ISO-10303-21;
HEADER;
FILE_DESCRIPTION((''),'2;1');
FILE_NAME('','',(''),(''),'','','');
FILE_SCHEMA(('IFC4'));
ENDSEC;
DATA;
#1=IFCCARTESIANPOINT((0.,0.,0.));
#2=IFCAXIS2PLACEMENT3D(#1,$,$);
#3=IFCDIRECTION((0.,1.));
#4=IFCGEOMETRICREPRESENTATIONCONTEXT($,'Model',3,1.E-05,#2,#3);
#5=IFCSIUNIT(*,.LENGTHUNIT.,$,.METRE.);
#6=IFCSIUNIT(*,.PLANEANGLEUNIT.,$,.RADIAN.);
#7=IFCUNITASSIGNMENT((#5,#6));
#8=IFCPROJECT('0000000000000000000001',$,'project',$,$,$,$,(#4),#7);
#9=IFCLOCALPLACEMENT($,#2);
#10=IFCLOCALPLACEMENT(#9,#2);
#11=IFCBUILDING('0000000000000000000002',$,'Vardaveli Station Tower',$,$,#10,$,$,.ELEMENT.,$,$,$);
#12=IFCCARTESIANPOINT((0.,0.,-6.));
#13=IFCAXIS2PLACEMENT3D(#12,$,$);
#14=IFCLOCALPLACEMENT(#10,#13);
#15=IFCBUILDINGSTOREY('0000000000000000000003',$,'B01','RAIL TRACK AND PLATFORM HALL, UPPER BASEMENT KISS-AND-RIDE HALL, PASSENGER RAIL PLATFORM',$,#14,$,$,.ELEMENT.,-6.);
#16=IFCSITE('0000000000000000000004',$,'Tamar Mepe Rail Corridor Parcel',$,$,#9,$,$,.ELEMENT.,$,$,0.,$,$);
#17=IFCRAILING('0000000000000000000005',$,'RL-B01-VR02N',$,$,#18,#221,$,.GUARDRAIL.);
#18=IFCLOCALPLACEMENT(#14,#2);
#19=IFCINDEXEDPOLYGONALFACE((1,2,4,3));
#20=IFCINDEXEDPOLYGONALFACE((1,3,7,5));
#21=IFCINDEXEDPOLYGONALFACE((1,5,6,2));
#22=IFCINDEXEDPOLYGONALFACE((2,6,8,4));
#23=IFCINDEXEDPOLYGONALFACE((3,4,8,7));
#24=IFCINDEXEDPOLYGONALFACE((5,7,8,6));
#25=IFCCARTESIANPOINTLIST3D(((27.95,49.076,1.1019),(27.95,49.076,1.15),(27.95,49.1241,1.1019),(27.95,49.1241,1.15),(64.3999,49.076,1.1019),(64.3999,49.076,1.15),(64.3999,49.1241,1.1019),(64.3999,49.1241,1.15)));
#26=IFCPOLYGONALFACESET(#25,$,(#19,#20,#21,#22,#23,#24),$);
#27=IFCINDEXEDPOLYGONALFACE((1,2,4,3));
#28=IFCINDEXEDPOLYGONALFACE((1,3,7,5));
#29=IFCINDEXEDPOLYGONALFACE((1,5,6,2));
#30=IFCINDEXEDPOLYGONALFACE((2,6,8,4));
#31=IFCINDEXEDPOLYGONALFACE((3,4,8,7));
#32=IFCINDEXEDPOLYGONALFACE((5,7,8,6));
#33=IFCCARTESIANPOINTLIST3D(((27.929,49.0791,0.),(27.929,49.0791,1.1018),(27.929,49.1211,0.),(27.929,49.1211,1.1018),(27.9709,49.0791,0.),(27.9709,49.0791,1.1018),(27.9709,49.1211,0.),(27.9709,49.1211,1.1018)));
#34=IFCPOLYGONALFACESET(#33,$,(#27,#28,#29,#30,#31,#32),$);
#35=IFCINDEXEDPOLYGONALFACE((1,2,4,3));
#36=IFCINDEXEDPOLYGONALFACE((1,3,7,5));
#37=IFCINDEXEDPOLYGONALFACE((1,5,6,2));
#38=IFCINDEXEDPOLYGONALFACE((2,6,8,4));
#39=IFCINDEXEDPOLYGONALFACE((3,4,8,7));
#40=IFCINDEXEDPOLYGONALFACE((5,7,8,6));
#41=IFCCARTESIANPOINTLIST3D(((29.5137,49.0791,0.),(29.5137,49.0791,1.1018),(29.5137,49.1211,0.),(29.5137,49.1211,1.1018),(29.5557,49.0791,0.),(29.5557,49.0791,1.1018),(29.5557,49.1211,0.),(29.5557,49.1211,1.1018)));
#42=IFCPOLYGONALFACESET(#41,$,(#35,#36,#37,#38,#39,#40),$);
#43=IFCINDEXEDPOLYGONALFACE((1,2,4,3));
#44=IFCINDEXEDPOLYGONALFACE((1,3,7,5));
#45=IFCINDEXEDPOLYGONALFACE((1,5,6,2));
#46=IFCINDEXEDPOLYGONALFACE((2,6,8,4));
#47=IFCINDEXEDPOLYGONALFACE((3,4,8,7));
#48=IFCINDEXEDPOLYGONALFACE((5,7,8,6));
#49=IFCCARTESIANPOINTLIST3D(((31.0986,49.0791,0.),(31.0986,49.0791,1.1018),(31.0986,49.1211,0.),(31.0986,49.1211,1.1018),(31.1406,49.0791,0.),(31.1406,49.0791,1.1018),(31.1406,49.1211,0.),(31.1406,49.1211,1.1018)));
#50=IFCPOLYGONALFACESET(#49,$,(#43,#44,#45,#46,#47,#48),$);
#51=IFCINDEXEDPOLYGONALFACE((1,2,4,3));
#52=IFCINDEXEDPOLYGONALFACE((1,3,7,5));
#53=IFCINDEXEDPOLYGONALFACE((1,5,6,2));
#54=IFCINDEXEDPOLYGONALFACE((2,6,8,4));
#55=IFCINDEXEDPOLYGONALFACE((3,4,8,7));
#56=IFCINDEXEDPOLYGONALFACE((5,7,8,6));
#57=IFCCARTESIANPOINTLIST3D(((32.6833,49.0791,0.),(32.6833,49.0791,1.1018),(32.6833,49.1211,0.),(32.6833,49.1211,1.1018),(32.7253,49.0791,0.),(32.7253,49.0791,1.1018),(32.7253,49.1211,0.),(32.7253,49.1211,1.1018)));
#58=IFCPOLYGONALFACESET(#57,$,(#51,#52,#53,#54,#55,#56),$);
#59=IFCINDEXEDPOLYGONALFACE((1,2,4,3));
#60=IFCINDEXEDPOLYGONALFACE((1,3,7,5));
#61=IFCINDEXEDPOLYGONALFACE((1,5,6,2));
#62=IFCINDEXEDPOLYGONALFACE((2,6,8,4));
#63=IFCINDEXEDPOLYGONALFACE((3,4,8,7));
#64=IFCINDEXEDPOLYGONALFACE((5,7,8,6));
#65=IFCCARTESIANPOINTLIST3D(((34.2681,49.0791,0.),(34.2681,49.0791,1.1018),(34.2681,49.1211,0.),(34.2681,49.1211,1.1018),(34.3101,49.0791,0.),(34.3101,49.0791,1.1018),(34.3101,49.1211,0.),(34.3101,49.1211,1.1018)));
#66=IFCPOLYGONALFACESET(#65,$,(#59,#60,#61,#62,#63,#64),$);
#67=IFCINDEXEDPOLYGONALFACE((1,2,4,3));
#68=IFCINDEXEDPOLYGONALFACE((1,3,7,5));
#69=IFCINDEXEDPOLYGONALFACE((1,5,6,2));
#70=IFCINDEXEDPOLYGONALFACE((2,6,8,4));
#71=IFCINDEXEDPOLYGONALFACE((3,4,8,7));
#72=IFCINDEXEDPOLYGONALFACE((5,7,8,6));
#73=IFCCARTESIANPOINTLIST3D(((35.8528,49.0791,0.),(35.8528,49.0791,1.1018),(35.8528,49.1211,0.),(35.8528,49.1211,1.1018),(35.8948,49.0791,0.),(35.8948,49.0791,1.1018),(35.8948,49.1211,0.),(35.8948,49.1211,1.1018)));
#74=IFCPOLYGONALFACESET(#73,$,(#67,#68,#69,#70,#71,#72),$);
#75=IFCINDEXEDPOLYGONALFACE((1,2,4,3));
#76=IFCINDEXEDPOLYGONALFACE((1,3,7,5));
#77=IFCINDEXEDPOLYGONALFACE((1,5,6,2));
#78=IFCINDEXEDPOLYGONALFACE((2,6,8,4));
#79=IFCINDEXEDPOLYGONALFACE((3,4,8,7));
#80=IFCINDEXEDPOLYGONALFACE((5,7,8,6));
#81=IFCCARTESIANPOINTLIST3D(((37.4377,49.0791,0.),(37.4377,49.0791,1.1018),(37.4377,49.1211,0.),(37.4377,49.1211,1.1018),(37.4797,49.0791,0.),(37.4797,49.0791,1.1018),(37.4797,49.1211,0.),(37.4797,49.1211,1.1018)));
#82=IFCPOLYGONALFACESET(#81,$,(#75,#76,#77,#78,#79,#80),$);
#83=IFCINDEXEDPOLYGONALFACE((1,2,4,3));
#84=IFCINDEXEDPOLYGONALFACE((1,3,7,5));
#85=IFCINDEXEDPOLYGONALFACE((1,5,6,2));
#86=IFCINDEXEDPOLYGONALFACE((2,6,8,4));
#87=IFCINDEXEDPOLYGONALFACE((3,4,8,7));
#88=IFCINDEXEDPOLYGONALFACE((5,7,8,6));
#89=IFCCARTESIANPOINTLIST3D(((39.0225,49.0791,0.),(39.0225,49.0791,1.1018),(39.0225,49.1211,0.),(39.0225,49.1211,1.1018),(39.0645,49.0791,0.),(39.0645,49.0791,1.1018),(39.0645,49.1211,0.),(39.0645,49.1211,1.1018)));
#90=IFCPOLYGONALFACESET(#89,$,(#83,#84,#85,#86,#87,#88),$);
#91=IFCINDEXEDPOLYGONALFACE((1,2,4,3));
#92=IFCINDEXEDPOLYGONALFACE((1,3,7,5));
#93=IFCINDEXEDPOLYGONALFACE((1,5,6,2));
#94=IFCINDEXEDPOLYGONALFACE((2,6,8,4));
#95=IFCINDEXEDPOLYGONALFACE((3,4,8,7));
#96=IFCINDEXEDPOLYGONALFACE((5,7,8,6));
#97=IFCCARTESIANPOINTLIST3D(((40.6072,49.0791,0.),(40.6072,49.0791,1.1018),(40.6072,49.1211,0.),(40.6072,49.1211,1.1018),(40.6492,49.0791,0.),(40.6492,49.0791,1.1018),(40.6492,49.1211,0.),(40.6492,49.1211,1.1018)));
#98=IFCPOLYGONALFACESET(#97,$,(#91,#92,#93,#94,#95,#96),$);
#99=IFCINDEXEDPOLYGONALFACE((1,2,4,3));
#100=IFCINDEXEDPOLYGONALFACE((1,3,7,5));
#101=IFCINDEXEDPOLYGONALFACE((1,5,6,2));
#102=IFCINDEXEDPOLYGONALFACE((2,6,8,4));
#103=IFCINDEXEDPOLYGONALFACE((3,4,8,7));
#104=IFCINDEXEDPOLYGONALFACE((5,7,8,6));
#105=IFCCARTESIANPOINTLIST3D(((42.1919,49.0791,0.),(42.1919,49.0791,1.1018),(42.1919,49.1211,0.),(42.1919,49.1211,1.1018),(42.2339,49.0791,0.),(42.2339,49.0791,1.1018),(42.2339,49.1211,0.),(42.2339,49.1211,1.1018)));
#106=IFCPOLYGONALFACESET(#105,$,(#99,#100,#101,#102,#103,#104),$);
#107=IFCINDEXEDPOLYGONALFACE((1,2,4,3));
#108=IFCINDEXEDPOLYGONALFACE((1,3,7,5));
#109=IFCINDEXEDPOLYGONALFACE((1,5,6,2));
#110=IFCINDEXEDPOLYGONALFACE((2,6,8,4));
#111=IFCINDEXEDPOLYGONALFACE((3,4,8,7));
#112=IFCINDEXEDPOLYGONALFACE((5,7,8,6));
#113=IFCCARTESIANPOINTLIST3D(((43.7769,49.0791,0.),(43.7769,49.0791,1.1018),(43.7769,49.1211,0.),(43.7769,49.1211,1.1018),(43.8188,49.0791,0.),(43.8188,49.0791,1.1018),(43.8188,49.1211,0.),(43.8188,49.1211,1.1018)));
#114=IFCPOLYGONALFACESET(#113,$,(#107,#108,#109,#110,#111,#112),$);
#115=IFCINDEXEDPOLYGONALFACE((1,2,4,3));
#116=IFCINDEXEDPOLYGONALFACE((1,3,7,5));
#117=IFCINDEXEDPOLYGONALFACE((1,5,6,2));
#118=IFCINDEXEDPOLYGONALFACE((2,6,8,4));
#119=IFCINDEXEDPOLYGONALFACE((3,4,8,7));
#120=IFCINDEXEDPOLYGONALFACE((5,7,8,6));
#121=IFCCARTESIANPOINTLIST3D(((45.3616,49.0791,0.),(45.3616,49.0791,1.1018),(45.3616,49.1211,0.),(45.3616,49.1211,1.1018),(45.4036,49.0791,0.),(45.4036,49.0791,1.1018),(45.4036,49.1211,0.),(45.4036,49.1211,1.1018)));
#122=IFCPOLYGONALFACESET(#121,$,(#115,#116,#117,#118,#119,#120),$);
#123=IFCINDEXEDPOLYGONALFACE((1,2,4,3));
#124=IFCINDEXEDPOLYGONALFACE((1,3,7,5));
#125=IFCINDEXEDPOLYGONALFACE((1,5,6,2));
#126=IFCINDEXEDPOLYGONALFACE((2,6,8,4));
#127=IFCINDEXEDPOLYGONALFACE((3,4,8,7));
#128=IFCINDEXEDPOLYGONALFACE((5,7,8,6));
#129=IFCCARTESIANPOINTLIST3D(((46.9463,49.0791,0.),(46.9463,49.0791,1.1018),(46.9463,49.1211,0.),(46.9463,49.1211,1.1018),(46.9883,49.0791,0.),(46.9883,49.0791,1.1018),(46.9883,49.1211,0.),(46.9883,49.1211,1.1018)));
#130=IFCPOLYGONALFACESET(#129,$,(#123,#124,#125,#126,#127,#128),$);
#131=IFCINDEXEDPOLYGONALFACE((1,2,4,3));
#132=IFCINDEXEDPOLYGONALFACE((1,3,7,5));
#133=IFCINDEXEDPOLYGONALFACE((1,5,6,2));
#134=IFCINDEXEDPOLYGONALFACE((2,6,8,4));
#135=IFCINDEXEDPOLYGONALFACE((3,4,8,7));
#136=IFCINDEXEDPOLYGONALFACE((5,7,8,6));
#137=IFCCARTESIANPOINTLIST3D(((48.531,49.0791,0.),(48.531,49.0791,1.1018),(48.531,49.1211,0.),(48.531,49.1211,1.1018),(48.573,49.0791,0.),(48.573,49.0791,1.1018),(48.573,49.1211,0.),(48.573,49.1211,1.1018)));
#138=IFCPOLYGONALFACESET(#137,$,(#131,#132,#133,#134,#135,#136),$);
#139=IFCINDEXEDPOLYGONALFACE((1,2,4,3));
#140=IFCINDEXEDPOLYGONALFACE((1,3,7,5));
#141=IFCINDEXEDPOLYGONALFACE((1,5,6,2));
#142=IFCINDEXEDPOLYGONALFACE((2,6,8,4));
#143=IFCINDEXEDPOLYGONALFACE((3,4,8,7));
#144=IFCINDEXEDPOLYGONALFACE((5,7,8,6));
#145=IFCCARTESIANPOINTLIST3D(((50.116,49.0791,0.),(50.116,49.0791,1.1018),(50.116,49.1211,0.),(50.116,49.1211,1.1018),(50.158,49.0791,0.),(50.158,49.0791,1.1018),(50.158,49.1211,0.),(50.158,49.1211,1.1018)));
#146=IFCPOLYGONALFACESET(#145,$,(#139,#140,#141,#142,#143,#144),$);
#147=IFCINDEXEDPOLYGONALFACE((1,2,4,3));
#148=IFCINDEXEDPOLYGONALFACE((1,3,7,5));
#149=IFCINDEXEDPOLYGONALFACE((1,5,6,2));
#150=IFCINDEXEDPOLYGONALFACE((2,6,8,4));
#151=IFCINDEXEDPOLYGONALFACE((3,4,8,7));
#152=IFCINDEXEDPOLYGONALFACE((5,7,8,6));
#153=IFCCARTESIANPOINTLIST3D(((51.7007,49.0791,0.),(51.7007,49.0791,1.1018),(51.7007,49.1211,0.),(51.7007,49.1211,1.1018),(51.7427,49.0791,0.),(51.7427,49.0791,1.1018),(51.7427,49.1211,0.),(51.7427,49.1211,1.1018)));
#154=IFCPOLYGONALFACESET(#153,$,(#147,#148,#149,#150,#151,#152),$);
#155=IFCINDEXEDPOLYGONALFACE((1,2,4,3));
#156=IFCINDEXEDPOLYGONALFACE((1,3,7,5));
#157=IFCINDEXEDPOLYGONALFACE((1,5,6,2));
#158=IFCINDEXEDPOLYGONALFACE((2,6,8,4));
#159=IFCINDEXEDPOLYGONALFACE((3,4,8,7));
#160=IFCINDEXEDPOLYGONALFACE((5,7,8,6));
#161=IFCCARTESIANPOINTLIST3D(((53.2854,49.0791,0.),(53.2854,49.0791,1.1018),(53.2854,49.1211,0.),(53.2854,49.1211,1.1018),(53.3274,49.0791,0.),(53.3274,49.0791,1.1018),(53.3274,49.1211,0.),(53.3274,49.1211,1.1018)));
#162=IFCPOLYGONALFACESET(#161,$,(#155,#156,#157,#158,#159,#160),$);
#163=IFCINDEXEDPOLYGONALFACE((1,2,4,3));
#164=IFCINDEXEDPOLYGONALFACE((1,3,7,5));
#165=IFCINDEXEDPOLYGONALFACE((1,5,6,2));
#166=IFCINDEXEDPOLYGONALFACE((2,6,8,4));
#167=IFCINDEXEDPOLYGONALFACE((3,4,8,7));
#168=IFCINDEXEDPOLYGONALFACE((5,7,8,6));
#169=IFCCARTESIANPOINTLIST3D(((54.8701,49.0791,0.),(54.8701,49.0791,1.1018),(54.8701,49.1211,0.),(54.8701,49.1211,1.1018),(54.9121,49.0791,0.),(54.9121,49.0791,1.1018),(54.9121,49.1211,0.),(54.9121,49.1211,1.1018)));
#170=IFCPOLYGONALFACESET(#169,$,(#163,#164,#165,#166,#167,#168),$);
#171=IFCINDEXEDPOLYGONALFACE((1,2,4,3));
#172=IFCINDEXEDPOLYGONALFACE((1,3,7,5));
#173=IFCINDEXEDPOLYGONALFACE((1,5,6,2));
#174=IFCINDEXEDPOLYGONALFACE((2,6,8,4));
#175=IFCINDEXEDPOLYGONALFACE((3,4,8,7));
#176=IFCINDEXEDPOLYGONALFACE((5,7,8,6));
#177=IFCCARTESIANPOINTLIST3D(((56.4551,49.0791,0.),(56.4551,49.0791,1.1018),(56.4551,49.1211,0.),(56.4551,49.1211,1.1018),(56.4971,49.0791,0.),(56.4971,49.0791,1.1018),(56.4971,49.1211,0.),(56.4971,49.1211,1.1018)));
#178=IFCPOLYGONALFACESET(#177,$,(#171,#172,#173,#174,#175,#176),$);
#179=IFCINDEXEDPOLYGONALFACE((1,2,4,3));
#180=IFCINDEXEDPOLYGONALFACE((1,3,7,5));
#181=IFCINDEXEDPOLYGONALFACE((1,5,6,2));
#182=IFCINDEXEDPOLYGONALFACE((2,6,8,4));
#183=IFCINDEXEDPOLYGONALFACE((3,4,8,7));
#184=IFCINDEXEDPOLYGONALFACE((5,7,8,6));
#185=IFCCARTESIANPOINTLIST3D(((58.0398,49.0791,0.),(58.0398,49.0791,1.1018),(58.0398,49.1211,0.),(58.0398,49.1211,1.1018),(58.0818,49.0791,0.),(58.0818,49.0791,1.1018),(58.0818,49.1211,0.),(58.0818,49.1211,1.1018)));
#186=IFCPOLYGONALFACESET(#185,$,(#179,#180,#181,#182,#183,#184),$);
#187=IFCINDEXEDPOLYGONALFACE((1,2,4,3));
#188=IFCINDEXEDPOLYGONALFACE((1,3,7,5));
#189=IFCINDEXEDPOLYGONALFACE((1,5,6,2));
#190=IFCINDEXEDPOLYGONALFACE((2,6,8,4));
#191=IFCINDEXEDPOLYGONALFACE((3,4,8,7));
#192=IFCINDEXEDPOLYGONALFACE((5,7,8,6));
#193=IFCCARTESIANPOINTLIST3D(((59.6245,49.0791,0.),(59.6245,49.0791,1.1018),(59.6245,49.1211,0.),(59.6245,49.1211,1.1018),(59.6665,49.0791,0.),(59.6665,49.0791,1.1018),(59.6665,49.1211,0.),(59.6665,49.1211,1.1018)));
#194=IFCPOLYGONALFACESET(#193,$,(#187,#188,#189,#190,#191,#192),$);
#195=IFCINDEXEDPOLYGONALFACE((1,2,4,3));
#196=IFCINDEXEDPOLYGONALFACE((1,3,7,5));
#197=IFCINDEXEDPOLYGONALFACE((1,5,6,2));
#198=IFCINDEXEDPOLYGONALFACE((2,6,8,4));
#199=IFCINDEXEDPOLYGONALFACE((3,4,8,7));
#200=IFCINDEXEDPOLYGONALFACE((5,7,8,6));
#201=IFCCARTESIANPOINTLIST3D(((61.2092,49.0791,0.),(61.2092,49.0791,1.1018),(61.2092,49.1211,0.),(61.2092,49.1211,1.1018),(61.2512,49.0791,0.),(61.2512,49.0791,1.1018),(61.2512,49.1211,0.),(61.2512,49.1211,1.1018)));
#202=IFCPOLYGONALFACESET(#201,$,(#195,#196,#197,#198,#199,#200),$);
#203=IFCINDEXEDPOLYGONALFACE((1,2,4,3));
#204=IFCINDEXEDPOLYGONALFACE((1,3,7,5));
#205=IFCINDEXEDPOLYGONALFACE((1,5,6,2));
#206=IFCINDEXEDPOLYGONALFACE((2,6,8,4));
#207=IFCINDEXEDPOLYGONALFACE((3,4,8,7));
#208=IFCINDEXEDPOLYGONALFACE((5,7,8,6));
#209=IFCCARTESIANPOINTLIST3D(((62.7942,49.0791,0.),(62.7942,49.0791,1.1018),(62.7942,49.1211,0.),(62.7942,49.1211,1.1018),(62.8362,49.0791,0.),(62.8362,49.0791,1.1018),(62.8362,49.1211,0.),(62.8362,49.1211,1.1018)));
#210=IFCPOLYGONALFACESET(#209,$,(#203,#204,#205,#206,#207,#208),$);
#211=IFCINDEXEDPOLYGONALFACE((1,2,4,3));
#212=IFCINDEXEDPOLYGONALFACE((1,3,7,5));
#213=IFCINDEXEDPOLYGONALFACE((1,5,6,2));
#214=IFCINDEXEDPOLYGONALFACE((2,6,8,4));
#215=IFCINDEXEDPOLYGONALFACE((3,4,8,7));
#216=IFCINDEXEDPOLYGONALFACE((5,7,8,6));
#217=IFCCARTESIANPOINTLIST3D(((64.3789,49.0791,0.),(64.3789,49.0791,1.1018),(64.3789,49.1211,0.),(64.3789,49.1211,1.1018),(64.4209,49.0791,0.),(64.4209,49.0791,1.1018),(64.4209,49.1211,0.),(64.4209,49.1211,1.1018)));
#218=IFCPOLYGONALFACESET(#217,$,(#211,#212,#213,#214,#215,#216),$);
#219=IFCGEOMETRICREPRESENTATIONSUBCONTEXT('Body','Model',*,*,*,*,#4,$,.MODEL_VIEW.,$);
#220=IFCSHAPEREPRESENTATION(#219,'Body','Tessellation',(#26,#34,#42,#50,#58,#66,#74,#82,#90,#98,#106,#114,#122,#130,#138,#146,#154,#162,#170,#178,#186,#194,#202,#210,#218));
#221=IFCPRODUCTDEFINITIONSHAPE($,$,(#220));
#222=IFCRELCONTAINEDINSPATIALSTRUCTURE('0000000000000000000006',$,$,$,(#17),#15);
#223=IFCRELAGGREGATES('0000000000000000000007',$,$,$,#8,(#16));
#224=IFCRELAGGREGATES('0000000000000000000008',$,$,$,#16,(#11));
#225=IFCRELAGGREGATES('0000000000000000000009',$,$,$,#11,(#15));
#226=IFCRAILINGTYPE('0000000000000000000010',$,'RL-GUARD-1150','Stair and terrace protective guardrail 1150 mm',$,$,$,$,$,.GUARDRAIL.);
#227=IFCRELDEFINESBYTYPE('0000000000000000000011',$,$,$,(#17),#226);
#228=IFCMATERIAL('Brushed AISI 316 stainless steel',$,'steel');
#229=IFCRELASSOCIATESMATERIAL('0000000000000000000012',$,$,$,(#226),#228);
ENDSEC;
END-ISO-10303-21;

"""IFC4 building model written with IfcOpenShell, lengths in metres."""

from ifc_helpers import new_model, si_unit, direction, frame, origin, origin_2d, place, context, subcontext, project, spatial, rectangle, extrude, source, transform, mapped, material, type_object, element, save


model = new_model("IFC4")

# Units and contexts
model_context = context("Model", 3, precision=1e-05, world=origin(), true_north=direction((0.0, 1.0)))
body_context = subcontext(model_context, "Body", "Model", "MODEL_VIEW")
ifc_project = project(units=[si_unit("LENGTHUNIT", "METRE"), si_unit("PLANEANGLEUNIT", "RADIAN")], contexts=[model_context])

# Site, building, storey
site_placement = place(None, origin())
site = spatial("IfcSite", under=ifc_project, at=site_placement, Name="Tamar Mepe Rail Corridor Parcel", CompositionType="ELEMENT", RefElevation=0.0)
building_placement = place(site_placement, origin())
building = spatial("IfcBuilding", under=site, at=building_placement, Name="Vardaveli Station Tower", CompositionType="ELEMENT")
storey_placement = place(building_placement, frame((0.0, 0.0, -6.0)))
storey = spatial("IfcBuildingStorey", under=building, at=storey_placement, Name="B01", Description="RAIL TRACK AND PLATFORM HALL, UPPER BASEMENT KISS-AND-RIDE HALL, PASSENGER RAIL PLATFORM", CompositionType="ELEMENT", Elevation=-6.0)

# Railing
ifc_material_1 = material(Name="Brushed AISI 316 stainless steel", Category="steel")
railing_type = type_object("IfcRailingType", Name="RL-GUARD-1150", Description="Stair and terrace protective guardrail 1150 mm", PredefinedType="GUARDRAIL", material=ifc_material_1)
shared_shape_1 = source(origin(), body_context, "Body", "SweptSolid", [
    extrude(rectangle(XDim=0.0481, YDim=0.0481, at=origin_2d()), frame((0.0, 0.0, 1.126), z_axis=(1.0, 0.0, 0.0), x_axis=(0.0, 1.0, 0.0)), (0.0, 0.0, 1.0), 36.45),
    extrude(rectangle(XDim=0.042, YDim=0.042, at=origin_2d()), origin(), (0.0, 0.0, 1.0), 1.1018),
    extrude(rectangle(XDim=0.042, YDim=0.042, at=origin_2d()), frame((1.5847, 0.0, 0.0)), (0.0, 0.0, 1.0), 1.1018),
    extrude(rectangle(XDim=0.042, YDim=0.042, at=origin_2d()), frame((3.1697, 0.0, 0.0)), (0.0, 0.0, 1.0), 1.1018),
    extrude(rectangle(XDim=0.042, YDim=0.042, at=origin_2d()), frame((4.7544, 0.0, 0.0)), (0.0, 0.0, 1.0), 1.1018),
    extrude(rectangle(XDim=0.042, YDim=0.042, at=origin_2d()), frame((6.3391, 0.0, 0.0)), (0.0, 0.0, 1.0), 1.1018),
    extrude(rectangle(XDim=0.042, YDim=0.042, at=origin_2d()), frame((7.9238, 0.0, 0.0)), (0.0, 0.0, 1.0), 1.1018),
    extrude(rectangle(XDim=0.042, YDim=0.042, at=origin_2d()), frame((9.5088, 0.0, 0.0)), (0.0, 0.0, 1.0), 1.1018),
    extrude(rectangle(XDim=0.042, YDim=0.042, at=origin_2d()), frame((11.0935, 0.0, 0.0)), (0.0, 0.0, 1.0), 1.1018),
    extrude(rectangle(XDim=0.042, YDim=0.042, at=origin_2d()), frame((12.6782, 0.0, 0.0)), (0.0, 0.0, 1.0), 1.1018),
    extrude(rectangle(XDim=0.042, YDim=0.042, at=origin_2d()), frame((14.2629, 0.0, 0.0)), (0.0, 0.0, 1.0), 1.1018),
    extrude(rectangle(XDim=0.042, YDim=0.042, at=origin_2d()), frame((15.8479, 0.0, 0.0)), (0.0, 0.0, 1.0), 1.1018),
    extrude(rectangle(XDim=0.042, YDim=0.042, at=origin_2d()), frame((17.4326, 0.0, 0.0)), (0.0, 0.0, 1.0), 1.1018),
    extrude(rectangle(XDim=0.042, YDim=0.042, at=origin_2d()), frame((19.0173, 0.0, 0.0)), (0.0, 0.0, 1.0), 1.1018),
    extrude(rectangle(XDim=0.042, YDim=0.042, at=origin_2d()), frame((20.6021, 0.0, 0.0)), (0.0, 0.0, 1.0), 1.1018),
    extrude(rectangle(XDim=0.042, YDim=0.042, at=origin_2d()), frame((22.187, 0.0, 0.0)), (0.0, 0.0, 1.0), 1.1018),
    extrude(rectangle(XDim=0.042, YDim=0.042, at=origin_2d()), frame((23.7717, 0.0, 0.0)), (0.0, 0.0, 1.0), 1.1018),
    extrude(rectangle(XDim=0.042, YDim=0.042, at=origin_2d()), frame((25.3564, 0.0, 0.0)), (0.0, 0.0, 1.0), 1.1018),
    extrude(rectangle(XDim=0.042, YDim=0.042, at=origin_2d()), frame((26.9412, 0.0, 0.0)), (0.0, 0.0, 1.0), 1.1018),
    extrude(rectangle(XDim=0.042, YDim=0.042, at=origin_2d()), frame((28.5261, 0.0, 0.0)), (0.0, 0.0, 1.0), 1.1018),
    extrude(rectangle(XDim=0.042, YDim=0.042, at=origin_2d()), frame((30.1108, 0.0, 0.0)), (0.0, 0.0, 1.0), 1.1018),
    extrude(rectangle(XDim=0.042, YDim=0.042, at=origin_2d()), frame((31.6956, 0.0, 0.0)), (0.0, 0.0, 1.0), 1.1018),
    extrude(rectangle(XDim=0.042, YDim=0.042, at=origin_2d()), frame((33.2803, 0.0, 0.0)), (0.0, 0.0, 1.0), 1.1018),
    extrude(rectangle(XDim=0.042, YDim=0.042, at=origin_2d()), frame((34.8652, 0.0, 0.0)), (0.0, 0.0, 1.0), 1.1018),
    extrude(rectangle(XDim=0.042, YDim=0.042, at=origin_2d()), frame((36.45, 0.0, 0.0)), (0.0, 0.0, 1.0), 1.1018),
])
railing_1_placement = place(storey_placement, frame((27.95, 49.1001, 0.0)))
element("IfcRailing", 1, at=railing_1_placement, inside=storey, type_object=railing_type, Name="RL-B01-VR02N", PredefinedType="GUARDRAIL", context=body_context, shape_type="MappedRepresentation", body=[
    mapped(shared_shape_1, transform((0.0, 0.0, 0.0), scale=1.0)),
])

save(model, "model.ifc")
